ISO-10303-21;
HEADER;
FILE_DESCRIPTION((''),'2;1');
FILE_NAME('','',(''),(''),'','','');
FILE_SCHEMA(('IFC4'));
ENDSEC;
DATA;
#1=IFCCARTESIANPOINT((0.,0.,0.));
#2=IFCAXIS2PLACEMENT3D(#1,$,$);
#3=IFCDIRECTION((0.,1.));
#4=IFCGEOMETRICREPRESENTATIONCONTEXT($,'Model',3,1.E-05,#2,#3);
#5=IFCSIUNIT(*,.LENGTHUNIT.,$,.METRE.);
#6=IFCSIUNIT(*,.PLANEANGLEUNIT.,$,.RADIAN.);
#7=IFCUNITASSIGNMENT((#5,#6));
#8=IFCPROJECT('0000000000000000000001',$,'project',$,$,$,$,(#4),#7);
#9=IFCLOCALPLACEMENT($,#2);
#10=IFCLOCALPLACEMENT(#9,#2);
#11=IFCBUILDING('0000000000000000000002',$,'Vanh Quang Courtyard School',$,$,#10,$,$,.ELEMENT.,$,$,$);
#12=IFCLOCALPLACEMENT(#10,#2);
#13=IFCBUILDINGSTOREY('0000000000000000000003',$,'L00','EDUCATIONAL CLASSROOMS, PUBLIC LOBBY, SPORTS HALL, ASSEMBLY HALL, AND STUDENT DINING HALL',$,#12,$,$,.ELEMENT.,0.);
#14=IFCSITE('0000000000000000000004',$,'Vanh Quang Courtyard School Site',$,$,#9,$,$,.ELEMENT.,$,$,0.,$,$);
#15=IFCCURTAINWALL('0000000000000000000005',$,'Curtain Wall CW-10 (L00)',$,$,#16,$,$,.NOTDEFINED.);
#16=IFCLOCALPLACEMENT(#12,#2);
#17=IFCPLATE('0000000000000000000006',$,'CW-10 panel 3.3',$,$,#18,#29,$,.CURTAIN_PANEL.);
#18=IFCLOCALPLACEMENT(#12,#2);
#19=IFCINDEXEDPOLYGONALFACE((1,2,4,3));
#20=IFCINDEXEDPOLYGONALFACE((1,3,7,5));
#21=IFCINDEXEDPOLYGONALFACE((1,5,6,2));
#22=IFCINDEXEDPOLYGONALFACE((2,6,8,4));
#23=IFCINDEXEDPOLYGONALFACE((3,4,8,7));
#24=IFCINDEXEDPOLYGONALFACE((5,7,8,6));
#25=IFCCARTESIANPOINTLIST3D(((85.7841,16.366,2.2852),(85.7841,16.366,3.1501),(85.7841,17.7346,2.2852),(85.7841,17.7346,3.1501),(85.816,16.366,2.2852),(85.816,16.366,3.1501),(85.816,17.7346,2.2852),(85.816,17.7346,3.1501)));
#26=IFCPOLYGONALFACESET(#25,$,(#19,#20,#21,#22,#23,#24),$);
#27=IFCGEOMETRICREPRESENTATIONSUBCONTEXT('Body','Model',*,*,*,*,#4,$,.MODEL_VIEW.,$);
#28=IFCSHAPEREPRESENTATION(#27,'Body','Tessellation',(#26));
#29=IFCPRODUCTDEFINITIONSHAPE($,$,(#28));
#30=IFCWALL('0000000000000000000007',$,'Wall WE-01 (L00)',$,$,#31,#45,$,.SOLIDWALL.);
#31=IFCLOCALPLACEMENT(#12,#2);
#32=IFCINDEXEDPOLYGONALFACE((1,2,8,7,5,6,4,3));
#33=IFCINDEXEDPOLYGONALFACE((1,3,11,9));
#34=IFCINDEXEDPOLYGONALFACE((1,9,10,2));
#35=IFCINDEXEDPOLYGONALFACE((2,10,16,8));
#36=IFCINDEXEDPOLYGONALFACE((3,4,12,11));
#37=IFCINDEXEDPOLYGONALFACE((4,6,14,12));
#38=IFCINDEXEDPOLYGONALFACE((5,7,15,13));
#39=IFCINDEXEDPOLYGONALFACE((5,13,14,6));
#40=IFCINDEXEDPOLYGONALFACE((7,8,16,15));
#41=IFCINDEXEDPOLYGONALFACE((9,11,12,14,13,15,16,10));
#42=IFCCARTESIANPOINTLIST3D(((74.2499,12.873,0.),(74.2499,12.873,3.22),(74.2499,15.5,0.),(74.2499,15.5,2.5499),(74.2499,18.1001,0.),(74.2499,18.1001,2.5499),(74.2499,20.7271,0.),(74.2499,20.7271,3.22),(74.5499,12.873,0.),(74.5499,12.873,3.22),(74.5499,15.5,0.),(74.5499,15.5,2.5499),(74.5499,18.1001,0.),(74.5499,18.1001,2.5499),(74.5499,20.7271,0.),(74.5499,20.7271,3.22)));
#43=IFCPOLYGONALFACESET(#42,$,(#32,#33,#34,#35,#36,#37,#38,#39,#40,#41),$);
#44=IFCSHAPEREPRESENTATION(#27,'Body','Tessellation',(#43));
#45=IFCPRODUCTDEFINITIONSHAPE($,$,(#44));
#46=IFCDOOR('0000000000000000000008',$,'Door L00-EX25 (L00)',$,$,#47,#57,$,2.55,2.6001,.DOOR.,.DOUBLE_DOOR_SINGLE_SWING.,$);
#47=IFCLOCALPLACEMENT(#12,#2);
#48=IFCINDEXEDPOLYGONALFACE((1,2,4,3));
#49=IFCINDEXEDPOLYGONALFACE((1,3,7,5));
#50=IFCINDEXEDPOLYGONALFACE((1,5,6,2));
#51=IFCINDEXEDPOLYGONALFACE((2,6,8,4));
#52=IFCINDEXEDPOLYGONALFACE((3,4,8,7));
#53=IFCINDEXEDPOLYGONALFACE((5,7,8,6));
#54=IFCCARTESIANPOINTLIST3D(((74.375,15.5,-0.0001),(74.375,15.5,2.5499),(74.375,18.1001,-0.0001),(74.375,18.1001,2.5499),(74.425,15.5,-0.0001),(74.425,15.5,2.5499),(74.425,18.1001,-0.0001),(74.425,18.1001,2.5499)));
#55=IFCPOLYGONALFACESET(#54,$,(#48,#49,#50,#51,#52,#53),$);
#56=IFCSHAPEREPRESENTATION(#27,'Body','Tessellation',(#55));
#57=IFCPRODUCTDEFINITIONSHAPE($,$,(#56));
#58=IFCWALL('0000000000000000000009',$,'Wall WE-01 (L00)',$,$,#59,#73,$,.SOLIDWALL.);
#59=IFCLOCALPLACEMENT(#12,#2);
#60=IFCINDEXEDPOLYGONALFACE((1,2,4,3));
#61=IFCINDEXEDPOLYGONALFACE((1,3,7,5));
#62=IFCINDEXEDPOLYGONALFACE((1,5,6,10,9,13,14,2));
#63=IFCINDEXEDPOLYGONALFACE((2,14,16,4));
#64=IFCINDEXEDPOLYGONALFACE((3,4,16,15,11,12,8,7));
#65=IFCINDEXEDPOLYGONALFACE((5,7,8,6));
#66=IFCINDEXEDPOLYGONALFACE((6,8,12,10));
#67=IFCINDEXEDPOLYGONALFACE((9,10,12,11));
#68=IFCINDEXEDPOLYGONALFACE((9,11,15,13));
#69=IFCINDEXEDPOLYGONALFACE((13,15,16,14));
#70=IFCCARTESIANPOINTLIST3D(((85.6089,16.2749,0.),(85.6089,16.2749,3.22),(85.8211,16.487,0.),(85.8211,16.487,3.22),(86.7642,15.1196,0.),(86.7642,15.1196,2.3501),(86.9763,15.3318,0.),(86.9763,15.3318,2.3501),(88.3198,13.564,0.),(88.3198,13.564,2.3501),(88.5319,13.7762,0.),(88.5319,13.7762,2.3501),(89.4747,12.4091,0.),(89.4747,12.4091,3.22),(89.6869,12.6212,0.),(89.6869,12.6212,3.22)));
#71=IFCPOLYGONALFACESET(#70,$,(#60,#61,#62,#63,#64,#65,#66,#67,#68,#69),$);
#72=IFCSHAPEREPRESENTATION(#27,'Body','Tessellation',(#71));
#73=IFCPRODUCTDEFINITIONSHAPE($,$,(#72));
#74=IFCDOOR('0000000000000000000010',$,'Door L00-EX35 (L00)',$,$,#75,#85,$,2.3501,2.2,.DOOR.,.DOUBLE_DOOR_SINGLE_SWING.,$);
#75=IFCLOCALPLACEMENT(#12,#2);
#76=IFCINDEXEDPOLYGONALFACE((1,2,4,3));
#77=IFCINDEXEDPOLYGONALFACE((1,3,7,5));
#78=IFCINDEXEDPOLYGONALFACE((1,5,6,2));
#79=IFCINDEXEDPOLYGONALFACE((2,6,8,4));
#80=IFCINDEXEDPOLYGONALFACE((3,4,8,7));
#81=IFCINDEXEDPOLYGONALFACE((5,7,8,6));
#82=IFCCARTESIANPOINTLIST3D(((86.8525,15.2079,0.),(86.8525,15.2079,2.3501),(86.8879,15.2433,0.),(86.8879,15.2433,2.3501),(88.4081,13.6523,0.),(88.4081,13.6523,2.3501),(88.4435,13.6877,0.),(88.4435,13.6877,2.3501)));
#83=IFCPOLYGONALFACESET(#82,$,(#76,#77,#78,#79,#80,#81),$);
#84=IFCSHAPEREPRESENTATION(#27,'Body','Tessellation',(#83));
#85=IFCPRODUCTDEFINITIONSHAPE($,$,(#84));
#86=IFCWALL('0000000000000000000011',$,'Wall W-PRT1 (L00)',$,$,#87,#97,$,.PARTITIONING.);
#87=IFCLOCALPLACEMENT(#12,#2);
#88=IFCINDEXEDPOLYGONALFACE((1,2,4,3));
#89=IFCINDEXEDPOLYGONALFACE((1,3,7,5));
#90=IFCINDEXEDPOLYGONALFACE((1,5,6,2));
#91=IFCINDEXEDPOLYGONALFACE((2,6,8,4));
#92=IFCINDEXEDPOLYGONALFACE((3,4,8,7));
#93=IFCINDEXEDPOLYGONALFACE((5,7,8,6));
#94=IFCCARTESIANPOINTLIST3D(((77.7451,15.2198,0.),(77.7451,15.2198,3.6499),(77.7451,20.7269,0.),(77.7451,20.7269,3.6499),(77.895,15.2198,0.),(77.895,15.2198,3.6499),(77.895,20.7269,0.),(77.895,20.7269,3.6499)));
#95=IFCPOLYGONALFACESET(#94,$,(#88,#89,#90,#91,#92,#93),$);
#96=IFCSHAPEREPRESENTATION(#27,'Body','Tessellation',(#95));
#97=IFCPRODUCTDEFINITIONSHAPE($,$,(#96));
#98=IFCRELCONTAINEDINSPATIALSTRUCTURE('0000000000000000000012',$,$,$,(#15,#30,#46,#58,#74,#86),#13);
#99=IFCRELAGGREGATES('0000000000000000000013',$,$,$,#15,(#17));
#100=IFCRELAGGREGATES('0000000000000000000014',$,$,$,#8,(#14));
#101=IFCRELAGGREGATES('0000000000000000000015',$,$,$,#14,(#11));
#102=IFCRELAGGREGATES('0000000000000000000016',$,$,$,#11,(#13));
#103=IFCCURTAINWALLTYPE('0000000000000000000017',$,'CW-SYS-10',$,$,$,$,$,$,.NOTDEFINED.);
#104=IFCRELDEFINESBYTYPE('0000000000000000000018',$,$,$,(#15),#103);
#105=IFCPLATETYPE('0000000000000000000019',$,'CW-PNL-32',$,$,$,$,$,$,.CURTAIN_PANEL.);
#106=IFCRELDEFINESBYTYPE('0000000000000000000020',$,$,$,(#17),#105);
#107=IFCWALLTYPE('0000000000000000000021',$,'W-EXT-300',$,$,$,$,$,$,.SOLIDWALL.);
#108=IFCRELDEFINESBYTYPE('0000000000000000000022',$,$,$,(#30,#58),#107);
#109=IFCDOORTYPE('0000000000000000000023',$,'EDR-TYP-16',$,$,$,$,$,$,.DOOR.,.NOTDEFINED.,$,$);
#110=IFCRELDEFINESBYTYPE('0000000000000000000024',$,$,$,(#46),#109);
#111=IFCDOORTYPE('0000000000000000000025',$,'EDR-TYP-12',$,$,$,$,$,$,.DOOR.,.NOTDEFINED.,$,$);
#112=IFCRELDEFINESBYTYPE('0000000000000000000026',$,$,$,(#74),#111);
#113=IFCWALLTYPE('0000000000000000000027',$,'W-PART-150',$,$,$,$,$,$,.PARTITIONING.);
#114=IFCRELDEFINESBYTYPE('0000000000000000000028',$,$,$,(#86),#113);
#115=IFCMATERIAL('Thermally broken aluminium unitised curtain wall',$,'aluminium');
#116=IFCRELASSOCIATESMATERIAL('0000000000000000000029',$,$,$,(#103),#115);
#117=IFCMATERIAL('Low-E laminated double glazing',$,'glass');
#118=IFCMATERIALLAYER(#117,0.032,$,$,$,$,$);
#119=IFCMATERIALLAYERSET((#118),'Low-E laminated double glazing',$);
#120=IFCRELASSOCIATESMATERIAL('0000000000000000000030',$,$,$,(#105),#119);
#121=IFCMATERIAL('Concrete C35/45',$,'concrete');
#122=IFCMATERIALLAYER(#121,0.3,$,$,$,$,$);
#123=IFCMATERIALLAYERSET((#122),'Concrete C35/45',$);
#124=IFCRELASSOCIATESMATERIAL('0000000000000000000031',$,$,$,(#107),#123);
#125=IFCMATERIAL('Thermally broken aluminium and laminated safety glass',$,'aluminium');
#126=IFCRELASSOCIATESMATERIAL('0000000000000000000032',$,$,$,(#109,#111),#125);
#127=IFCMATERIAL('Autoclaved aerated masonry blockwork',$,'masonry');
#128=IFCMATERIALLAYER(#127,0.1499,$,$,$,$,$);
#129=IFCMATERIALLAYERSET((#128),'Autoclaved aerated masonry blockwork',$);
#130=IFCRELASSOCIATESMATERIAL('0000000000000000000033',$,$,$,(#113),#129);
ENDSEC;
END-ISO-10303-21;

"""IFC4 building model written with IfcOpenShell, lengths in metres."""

from ifc_helpers import new_model, si_unit, direction, frame, frame_2d, origin, origin_2d, place, context, subcontext, project, spatial, rectangle, extrude, material, layer, layer_set, type_object, element, fill, aggregate, save


model = new_model("IFC4")

# Units and contexts
model_context = context("Model", 3, precision=1e-05, world=origin(), true_north=direction((0.0, 1.0)))
body_context = subcontext(model_context, "Body", "Model", "MODEL_VIEW")
ifc_project = project(units=[si_unit("LENGTHUNIT", "METRE"), si_unit("PLANEANGLEUNIT", "RADIAN")], contexts=[model_context])

# Site, building, storey
site_placement = place(None, origin())
site = spatial("IfcSite", under=ifc_project, at=site_placement, Name="Vanh Quang Courtyard School Site", CompositionType="ELEMENT", RefElevation=0.0)
building_placement = place(site_placement, origin())
building = spatial("IfcBuilding", under=site, at=building_placement, Name="Vanh Quang Courtyard School", CompositionType="ELEMENT")
storey_placement = place(building_placement, origin())
storey = spatial("IfcBuildingStorey", under=building, at=storey_placement, Name="L00", Description="EDUCATIONAL CLASSROOMS, PUBLIC LOBBY, SPORTS HALL, ASSEMBLY HALL, AND STUDENT DINING HALL", CompositionType="ELEMENT", Elevation=0.0)

# Shared definitions
ifc_material_1 = material(Name="Concrete C35/45", Category="concrete")

# Curtain wall, plate
ifc_material_2 = material(Name="Thermally broken aluminium unitised curtain wall", Category="aluminium")
curtain_wall_type = type_object("IfcCurtainWallType", Name="CW-SYS-10", PredefinedType="NOTDEFINED", material=ifc_material_2)
curtain_wall_placement = place(storey_placement, origin())
curtain_wall = element("IfcCurtainWall", 1, at=curtain_wall_placement, inside=storey, type_object=curtain_wall_type, Name="Curtain Wall CW-10 (L00)", PredefinedType="NOTDEFINED")
ifc_material_3 = material(Name="Low-E laminated double glazing", Category="glass")
ifc_layer_1 = layer(ifc_material_3, 0.032)
ifc_layer_set_1 = layer_set([ifc_layer_1], Name="Low-E laminated double glazing")
plate_type = type_object("IfcPlateType", Name="CW-PNL-32", PredefinedType="CURTAIN_PANEL", material=ifc_layer_set_1)
plate_1_placement = place(storey_placement, frame((85.8, 17.0503, 2.2852), z_axis=(0.0, 0.0, 1.0), x_axis=(0.0, -1.0, 0.0)))
plate_1 = element("IfcPlate", 2, at=plate_1_placement, type_object=plate_type, Name="CW-10 panel 3.3", PredefinedType="CURTAIN_PANEL", context=body_context, shape_type="SweptSolid", body=[
    extrude(rectangle(XDim=1.3687, YDim=0.032, at=origin_2d()), origin(), (0.0, 0.0, 1.0), 0.865),
])
aggregate(curtain_wall, [plate_1])

# Walls, openings, doors
ifc_layer_2 = layer(ifc_material_1, 0.3)
ifc_layer_set_2 = layer_set([ifc_layer_2], Name="Concrete C35/45")
wall_type_1 = type_object("IfcWallType", Name="W-EXT-300", PredefinedType="SOLIDWALL", material=ifc_layer_set_2)
wall_1_placement = place(storey_placement, frame((74.3999, 12.873, 0.0), z_axis=(0.0, 0.0, 1.0), x_axis=(0.0, 1.0, 0.0)))
wall_1 = element("IfcWall", 3, at=wall_1_placement, inside=storey, type_object=wall_type_1, Name="Wall WE-01 (L00)", PredefinedType="SOLIDWALL", context=body_context, shape_type="SweptSolid", body=[
    extrude(rectangle(XDim=7.854, YDim=0.3, at=frame_2d((3.927, 0.0))), origin(), (0.0, 0.0, 1.0), 3.22),
])
opening_1_placement = place(wall_1_placement, frame((2.627, 0.0, 0.0)))
opening_1 = element("IfcOpeningElement", 4, at=opening_1_placement, cuts=wall_1, PredefinedType="OPENING", context=body_context, shape_type="SweptSolid", body=[
    extrude(rectangle(XDim=2.6001, YDim=2.55, at=frame_2d((1.3, 1.2749))), frame((0.0, 0.1602, 0.0), z_axis=(0.0, -1.0, 0.0), x_axis=(1.0, 0.0, 0.0)), (0.0, 0.0, 1.0), 0.3201),
])
ifc_material_4 = material(Name="Thermally broken aluminium and laminated safety glass", Category="aluminium")
door_type_1 = type_object("IfcDoorType", Name="EDR-TYP-16", OperationType="NOTDEFINED", PredefinedType="DOOR", material=ifc_material_4)
door_1_placement = place(opening_1_placement, origin())
door_1 = element("IfcDoor", 5, at=door_1_placement, inside=storey, type_object=door_type_1, Name="Door L00-EX25 (L00)", OperationType="DOUBLE_DOOR_SINGLE_SWING", OverallHeight=2.55, OverallWidth=2.6001, PredefinedType="DOOR", context=body_context, shape_type="SweptSolid", body=[
    extrude(rectangle(XDim=2.6001, YDim=2.55, at=frame_2d((1.3, 1.2749))), frame((0.0, 0.0249, 0.0), z_axis=(0.0, -1.0, 0.0), x_axis=(1.0, 0.0, 0.0)), (0.0, 0.0, 1.0), 0.05),
])
fill(opening_1, door_1)
wall_2_placement = place(storey_placement, frame((85.7151, 16.3809, 0.0), z_axis=(0.0, 0.0, 1.0), x_axis=(0.707107, -0.707107, 0.0)))
wall_2 = element("IfcWall", 6, at=wall_2_placement, inside=storey, type_object=wall_type_1, Name="Wall WE-01 (L00)", PredefinedType="SOLIDWALL", context=body_context, shape_type="SweptSolid", body=[
    extrude(rectangle(XDim=5.467, YDim=0.3, at=frame_2d((2.7334, 0.0))), origin(), (0.0, 0.0, 1.0), 3.22),
])
opening_2_placement = place(wall_2_placement, frame((1.6335, 0.0, 0.0)))
opening_2 = element("IfcOpeningElement", 7, at=opening_2_placement, cuts=wall_2, PredefinedType="OPENING", context=body_context, shape_type="SweptSolid", body=[
    extrude(rectangle(XDim=2.2, YDim=2.3501, at=frame_2d((1.1001, 1.175))), frame((0.0, 0.1602, 0.0), z_axis=(0.0, -1.0, 0.0), x_axis=(1.0, 0.0, 0.0)), (0.0, 0.0, 1.0), 0.3201),
])
door_type_2 = type_object("IfcDoorType", Name="EDR-TYP-12", OperationType="NOTDEFINED", PredefinedType="DOOR", material=ifc_material_4)
door_2_placement = place(opening_2_placement, origin())
door_2 = element("IfcDoor", 8, at=door_2_placement, inside=storey, type_object=door_type_2, Name="Door L00-EX35 (L00)", OperationType="DOUBLE_DOOR_SINGLE_SWING", OverallHeight=2.3501, OverallWidth=2.2, PredefinedType="DOOR", context=body_context, shape_type="SweptSolid", body=[
    extrude(rectangle(XDim=2.2, YDim=2.3501, at=frame_2d((1.1001, 1.175))), frame((0.0, 0.0249, 0.0), z_axis=(0.0, -1.0, 0.0), x_axis=(1.0, 0.0, 0.0)), (0.0, 0.0, 1.0), 0.05),
])
fill(opening_2, door_2)

# Wall
ifc_material_5 = material(Name="Autoclaved aerated masonry blockwork", Category="masonry")
ifc_layer_3 = layer(ifc_material_5, 0.1499)
ifc_layer_set_3 = layer_set([ifc_layer_3], Name="Autoclaved aerated masonry blockwork")
wall_type_2 = type_object("IfcWallType", Name="W-PART-150", PredefinedType="PARTITIONING", material=ifc_layer_set_3)
wall_3_placement = place(storey_placement, frame((77.8201, 15.22, 0.0), z_axis=(0.0, 0.0, 1.0), x_axis=(0.0, 1.0, 0.0)))
element("IfcWall", 9, at=wall_3_placement, inside=storey, type_object=wall_type_2, Name="Wall W-PRT1 (L00)", PredefinedType="PARTITIONING", context=body_context, shape_type="SweptSolid", body=[
    extrude(rectangle(XDim=5.5071, YDim=0.1499, at=frame_2d((2.7534, 0.0))), origin(), (0.0, 0.0, 1.0), 3.6499),
])

save(model, "model.ifc")
